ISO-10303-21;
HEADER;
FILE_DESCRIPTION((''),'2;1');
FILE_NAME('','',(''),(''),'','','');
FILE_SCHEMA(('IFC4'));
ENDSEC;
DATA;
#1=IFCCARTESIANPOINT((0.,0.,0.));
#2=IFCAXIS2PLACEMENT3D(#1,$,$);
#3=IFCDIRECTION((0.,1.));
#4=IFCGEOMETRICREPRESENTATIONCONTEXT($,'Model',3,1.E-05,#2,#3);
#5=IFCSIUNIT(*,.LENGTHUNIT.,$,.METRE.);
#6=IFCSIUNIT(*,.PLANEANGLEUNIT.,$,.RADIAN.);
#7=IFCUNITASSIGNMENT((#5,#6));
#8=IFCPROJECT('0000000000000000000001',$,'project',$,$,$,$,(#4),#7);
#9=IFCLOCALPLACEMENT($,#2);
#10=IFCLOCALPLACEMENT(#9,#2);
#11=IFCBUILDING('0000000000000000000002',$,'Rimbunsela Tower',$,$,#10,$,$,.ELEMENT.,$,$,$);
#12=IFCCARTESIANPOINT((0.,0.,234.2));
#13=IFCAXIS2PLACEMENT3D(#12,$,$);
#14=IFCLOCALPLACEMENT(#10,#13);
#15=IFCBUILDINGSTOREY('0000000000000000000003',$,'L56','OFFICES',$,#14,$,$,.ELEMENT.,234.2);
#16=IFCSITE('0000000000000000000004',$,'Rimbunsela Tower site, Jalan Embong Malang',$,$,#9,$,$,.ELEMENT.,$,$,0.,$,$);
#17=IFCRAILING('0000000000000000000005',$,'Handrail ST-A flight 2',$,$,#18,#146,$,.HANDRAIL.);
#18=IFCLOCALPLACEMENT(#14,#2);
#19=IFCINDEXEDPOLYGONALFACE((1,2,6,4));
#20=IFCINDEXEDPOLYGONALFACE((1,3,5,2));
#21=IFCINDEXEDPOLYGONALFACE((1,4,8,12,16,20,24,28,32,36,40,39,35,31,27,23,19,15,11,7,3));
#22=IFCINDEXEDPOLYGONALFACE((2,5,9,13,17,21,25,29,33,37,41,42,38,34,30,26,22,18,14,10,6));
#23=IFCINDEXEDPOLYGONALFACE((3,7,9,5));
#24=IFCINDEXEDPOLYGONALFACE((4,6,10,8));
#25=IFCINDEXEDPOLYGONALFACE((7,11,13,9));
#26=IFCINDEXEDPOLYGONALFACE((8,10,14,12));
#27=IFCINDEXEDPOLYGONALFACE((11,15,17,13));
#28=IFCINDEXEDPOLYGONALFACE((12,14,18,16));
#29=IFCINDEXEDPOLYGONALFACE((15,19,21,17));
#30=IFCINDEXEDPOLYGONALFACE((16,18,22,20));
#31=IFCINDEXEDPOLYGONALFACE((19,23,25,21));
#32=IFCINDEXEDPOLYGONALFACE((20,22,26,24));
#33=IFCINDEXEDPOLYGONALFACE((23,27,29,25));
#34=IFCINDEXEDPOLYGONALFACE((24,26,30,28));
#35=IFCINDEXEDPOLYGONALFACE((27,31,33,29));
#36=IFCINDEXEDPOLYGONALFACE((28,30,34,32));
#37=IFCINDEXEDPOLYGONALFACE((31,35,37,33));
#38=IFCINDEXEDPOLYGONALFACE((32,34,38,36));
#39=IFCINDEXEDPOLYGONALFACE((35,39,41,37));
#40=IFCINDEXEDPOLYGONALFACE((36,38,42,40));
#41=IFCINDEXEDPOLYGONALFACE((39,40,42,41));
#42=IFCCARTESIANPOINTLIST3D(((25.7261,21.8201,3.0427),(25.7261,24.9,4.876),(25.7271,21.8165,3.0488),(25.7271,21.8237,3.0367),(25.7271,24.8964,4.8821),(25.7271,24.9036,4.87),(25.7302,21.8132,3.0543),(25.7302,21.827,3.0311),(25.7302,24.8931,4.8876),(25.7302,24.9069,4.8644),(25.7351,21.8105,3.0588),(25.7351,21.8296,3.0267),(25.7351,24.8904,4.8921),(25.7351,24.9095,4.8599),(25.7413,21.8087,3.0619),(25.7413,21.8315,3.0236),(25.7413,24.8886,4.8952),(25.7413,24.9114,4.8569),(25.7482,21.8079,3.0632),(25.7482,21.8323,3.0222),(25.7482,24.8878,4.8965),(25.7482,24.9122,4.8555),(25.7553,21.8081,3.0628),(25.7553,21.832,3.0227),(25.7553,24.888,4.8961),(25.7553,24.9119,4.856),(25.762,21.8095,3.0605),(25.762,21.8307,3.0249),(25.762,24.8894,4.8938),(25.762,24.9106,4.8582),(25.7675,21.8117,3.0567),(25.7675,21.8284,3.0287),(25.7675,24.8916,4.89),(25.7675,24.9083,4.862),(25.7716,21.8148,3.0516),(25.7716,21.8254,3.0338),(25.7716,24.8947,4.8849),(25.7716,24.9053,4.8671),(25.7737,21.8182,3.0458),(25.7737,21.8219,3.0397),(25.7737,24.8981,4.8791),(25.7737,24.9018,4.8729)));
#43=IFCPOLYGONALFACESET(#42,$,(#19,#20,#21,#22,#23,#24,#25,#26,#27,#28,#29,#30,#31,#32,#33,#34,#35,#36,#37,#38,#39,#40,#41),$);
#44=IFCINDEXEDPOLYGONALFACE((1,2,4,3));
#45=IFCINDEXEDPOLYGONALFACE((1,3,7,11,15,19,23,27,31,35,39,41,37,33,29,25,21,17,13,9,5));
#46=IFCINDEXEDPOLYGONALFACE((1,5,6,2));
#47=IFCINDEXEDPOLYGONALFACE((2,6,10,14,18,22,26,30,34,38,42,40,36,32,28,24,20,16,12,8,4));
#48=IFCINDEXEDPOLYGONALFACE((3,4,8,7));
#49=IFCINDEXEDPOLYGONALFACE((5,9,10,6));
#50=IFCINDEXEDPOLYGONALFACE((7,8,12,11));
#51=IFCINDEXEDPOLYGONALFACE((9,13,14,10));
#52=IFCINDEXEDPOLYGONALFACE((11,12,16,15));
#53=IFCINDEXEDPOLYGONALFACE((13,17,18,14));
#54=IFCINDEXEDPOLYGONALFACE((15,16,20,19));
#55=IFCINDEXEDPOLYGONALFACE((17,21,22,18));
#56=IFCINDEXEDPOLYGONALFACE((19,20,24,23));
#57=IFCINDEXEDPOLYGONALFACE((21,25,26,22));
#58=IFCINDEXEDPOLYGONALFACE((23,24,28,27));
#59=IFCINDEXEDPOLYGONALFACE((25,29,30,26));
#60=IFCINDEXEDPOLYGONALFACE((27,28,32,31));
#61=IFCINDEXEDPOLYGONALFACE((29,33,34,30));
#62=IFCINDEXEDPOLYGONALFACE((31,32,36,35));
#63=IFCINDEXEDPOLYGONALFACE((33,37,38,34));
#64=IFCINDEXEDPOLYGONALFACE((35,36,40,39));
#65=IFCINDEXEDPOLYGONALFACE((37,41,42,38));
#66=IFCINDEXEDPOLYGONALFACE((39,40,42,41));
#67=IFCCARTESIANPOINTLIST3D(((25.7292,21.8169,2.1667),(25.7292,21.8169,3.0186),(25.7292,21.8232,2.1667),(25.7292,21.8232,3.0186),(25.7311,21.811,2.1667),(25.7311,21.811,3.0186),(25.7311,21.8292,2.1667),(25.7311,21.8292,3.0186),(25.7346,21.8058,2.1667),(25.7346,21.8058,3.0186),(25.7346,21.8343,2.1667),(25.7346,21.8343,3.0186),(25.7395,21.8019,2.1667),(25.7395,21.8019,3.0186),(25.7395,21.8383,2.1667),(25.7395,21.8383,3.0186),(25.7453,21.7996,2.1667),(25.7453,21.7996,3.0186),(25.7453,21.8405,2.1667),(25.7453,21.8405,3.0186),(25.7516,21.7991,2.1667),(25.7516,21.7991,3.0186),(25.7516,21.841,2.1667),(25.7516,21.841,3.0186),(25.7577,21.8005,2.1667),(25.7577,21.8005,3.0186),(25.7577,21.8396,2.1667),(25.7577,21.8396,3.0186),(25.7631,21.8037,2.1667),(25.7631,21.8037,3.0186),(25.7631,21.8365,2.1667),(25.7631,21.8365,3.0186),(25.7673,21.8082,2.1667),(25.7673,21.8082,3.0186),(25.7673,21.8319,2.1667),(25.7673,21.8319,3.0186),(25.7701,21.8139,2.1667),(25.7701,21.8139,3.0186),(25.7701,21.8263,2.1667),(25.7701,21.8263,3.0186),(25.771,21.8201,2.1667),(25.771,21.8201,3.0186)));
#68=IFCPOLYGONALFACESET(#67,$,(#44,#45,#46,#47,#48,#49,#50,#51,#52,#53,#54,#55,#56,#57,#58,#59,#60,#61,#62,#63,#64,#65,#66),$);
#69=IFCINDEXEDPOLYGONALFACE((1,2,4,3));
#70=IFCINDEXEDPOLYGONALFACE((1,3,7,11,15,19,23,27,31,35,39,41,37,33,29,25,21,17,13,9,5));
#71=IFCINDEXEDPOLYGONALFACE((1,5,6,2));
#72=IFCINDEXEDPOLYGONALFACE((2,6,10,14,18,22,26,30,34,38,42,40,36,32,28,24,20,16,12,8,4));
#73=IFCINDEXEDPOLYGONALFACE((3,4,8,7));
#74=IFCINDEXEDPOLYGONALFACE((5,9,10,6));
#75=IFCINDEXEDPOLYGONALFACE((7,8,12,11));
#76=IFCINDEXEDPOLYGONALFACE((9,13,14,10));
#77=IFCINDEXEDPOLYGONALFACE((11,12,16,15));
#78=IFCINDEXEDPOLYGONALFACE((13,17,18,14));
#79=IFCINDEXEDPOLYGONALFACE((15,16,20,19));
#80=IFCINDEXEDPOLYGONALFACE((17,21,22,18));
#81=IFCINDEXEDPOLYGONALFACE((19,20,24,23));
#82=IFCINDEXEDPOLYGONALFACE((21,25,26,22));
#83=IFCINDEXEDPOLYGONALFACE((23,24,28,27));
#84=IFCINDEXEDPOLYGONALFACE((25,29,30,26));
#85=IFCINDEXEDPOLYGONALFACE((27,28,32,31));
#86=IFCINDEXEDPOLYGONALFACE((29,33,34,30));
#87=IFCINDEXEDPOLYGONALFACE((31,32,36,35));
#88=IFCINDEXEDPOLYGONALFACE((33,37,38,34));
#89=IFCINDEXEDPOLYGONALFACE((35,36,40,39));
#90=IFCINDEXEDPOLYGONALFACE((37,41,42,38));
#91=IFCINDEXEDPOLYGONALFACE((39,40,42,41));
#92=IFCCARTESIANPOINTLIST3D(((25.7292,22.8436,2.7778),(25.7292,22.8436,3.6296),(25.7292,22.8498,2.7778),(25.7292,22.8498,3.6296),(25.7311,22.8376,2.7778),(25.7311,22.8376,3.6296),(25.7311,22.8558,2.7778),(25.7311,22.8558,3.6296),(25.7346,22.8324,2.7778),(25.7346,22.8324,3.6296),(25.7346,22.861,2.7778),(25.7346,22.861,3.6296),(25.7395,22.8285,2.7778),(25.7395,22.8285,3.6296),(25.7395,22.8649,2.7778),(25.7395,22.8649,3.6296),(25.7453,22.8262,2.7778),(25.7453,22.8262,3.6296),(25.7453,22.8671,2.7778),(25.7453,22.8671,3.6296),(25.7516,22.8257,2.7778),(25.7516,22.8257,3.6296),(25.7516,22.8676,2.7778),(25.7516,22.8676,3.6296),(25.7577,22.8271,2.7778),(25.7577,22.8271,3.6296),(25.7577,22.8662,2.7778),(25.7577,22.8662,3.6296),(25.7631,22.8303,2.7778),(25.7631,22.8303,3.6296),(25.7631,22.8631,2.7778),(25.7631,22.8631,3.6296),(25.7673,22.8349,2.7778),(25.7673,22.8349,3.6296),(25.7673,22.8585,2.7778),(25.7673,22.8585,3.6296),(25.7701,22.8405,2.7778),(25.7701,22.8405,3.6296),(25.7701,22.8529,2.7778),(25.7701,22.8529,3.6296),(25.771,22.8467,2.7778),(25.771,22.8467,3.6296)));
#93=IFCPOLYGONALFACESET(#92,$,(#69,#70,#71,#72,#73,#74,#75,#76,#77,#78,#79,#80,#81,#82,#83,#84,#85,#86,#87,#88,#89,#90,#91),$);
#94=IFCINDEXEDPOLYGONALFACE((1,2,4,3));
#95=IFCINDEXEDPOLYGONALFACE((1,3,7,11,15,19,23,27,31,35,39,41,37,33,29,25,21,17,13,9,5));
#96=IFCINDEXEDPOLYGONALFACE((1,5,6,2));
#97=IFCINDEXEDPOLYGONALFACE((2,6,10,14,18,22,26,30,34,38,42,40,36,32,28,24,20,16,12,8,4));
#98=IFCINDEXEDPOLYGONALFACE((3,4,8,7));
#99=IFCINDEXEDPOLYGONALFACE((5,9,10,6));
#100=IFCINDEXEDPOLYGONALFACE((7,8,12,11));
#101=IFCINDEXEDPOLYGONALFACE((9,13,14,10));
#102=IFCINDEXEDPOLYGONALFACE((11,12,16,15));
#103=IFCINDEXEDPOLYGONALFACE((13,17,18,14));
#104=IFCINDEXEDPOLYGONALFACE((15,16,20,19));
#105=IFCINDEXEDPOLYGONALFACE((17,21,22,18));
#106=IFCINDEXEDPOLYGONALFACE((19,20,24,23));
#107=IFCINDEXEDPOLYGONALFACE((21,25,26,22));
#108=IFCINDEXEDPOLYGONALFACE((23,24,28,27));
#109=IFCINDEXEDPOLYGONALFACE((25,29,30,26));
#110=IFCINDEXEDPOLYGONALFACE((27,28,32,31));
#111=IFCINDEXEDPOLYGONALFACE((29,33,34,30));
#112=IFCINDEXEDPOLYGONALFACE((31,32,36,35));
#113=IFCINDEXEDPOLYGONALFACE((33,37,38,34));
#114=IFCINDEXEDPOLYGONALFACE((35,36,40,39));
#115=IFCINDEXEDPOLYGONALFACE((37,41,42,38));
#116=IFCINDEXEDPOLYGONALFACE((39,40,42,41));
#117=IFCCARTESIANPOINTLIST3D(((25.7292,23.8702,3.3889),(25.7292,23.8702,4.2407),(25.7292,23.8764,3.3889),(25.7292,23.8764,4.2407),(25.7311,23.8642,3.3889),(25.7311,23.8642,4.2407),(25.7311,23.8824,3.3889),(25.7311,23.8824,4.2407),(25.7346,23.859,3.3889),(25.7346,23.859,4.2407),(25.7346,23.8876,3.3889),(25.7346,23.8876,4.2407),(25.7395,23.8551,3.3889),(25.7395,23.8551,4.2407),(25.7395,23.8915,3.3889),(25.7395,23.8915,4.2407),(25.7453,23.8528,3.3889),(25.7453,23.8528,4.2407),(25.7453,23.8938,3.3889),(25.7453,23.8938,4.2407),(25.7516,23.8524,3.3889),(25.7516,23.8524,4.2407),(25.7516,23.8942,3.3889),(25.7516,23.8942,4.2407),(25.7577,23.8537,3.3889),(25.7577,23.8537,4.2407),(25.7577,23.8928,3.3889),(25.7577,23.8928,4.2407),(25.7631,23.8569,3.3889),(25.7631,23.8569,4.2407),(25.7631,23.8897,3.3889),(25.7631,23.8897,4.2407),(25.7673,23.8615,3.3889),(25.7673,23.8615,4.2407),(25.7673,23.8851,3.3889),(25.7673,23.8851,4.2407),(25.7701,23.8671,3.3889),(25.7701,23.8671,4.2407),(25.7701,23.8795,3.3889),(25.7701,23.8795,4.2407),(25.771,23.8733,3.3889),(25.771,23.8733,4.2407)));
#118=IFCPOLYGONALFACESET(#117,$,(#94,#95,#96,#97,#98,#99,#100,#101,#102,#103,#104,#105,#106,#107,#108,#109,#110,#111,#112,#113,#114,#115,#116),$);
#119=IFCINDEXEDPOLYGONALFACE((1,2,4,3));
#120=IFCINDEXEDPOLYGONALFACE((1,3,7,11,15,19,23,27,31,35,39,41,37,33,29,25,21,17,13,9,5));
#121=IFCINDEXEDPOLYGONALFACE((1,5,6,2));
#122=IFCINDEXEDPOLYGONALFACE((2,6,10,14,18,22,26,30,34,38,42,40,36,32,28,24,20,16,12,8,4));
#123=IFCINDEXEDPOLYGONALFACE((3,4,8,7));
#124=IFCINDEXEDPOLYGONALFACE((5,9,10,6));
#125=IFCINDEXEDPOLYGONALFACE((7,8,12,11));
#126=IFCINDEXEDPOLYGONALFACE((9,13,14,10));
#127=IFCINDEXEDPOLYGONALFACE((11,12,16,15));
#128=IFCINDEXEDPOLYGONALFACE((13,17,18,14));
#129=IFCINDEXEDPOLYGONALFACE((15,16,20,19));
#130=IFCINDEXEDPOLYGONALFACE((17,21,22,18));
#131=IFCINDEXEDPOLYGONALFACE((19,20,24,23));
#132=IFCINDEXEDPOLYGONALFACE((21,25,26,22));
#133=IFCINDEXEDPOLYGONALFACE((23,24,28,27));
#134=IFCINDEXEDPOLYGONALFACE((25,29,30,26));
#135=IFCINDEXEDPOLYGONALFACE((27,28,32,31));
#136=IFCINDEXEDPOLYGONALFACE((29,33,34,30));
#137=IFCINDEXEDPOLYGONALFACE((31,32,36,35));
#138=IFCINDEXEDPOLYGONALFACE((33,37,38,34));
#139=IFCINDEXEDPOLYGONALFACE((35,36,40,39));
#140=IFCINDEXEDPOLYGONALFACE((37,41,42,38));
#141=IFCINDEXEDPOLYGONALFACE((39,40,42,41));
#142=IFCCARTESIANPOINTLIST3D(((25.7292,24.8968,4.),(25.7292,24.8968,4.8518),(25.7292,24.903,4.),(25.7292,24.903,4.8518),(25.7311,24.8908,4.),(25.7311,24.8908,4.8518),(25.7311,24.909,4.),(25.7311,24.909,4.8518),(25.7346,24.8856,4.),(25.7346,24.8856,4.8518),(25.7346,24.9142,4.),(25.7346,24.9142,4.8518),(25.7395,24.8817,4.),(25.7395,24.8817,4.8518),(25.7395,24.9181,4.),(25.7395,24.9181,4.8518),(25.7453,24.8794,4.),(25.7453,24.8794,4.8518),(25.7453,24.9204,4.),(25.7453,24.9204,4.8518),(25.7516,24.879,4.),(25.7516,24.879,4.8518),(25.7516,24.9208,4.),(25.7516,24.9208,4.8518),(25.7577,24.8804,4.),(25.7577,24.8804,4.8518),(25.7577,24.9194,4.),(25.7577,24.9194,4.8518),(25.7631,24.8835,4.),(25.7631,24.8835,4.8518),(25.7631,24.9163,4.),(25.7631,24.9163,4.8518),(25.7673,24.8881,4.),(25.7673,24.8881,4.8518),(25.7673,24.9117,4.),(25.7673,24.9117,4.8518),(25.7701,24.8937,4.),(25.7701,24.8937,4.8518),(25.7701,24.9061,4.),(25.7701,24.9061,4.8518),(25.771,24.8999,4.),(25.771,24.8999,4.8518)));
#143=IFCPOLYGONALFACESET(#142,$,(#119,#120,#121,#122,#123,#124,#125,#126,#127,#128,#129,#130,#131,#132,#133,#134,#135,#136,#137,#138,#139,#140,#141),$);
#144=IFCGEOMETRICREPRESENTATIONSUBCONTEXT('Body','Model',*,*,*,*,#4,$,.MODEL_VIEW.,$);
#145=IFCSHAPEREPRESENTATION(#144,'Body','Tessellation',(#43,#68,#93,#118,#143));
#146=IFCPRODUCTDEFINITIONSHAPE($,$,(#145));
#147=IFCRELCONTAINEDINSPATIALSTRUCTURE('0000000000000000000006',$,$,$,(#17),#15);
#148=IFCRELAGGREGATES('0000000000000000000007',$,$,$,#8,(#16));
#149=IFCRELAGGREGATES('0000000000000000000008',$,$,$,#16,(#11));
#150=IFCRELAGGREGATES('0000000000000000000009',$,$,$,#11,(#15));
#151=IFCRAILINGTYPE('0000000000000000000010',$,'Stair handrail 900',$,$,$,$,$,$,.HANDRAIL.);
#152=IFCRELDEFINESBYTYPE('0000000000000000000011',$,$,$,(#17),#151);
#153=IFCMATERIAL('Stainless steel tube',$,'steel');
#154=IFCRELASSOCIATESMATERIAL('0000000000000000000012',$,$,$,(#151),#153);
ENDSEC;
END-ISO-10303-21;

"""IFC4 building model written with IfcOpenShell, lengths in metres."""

from ifc_helpers import new_model, si_unit, direction, frame, origin, origin_2d, place, context, subcontext, project, spatial, circle, extrude, material, type_object, element, save


model = new_model("IFC4")

# Units and contexts
model_context = context("Model", 3, precision=1e-05, world=origin(), true_north=direction((0.0, 1.0)))
body_context = subcontext(model_context, "Body", "Model", "MODEL_VIEW")
ifc_project = project(units=[si_unit("LENGTHUNIT", "METRE"), si_unit("PLANEANGLEUNIT", "RADIAN")], contexts=[model_context])

# Site, building, storey
site_placement = place(None, origin())
site = spatial("IfcSite", under=ifc_project, at=site_placement, Name="Rimbunsela Tower site, Jalan Embong Malang", CompositionType="ELEMENT", RefElevation=0.0)
building_placement = place(site_placement, origin())
building = spatial("IfcBuilding", under=site, at=building_placement, Name="Rimbunsela Tower", CompositionType="ELEMENT")
storey_placement = place(building_placement, frame((0.0, 0.0, 234.2)))
storey = spatial("IfcBuildingStorey", under=building, at=storey_placement, Name="L56", Description="OFFICES", CompositionType="ELEMENT", Elevation=234.2)

# Railing
ifc_material_1 = material(Name="Stainless steel tube", Category="steel")
railing_type = type_object("IfcRailingType", Name="Stair handrail 900", PredefinedType="HANDRAIL", material=ifc_material_1)
railing_placement = place(storey_placement, frame((25.75, 21.8201, 2.1667)))
element("IfcRailing", 1, at=railing_placement, inside=storey, type_object=railing_type, Name="Handrail ST-A flight 2", PredefinedType="HANDRAIL", context=body_context, shape_type="SweptSolid", body=[
    extrude(circle(Radius=0.0239, at=origin_2d()), frame((0.0, 0.0, 0.876), z_axis=(0.0, 0.859291, 0.511487), x_axis=(-1.0, 0.0, 0.0)), (0.0, 0.0, 1.0), 3.5842),
    extrude(circle(Radius=0.021, at=origin_2d()), origin(), (0.0, 0.0, 1.0), 0.8518),
    extrude(circle(Radius=0.021, at=origin_2d()), frame((0.0, 1.0266, 0.6111)), (0.0, 0.0, 1.0), 0.8518),
    extrude(circle(Radius=0.021, at=origin_2d()), frame((0.0, 2.0532, 1.2222)), (0.0, 0.0, 1.0), 0.8518),
    extrude(circle(Radius=0.021, at=origin_2d()), frame((0.0, 3.0798, 1.8333)), (0.0, 0.0, 1.0), 0.8518),
])

save(model, "model.ifc")
